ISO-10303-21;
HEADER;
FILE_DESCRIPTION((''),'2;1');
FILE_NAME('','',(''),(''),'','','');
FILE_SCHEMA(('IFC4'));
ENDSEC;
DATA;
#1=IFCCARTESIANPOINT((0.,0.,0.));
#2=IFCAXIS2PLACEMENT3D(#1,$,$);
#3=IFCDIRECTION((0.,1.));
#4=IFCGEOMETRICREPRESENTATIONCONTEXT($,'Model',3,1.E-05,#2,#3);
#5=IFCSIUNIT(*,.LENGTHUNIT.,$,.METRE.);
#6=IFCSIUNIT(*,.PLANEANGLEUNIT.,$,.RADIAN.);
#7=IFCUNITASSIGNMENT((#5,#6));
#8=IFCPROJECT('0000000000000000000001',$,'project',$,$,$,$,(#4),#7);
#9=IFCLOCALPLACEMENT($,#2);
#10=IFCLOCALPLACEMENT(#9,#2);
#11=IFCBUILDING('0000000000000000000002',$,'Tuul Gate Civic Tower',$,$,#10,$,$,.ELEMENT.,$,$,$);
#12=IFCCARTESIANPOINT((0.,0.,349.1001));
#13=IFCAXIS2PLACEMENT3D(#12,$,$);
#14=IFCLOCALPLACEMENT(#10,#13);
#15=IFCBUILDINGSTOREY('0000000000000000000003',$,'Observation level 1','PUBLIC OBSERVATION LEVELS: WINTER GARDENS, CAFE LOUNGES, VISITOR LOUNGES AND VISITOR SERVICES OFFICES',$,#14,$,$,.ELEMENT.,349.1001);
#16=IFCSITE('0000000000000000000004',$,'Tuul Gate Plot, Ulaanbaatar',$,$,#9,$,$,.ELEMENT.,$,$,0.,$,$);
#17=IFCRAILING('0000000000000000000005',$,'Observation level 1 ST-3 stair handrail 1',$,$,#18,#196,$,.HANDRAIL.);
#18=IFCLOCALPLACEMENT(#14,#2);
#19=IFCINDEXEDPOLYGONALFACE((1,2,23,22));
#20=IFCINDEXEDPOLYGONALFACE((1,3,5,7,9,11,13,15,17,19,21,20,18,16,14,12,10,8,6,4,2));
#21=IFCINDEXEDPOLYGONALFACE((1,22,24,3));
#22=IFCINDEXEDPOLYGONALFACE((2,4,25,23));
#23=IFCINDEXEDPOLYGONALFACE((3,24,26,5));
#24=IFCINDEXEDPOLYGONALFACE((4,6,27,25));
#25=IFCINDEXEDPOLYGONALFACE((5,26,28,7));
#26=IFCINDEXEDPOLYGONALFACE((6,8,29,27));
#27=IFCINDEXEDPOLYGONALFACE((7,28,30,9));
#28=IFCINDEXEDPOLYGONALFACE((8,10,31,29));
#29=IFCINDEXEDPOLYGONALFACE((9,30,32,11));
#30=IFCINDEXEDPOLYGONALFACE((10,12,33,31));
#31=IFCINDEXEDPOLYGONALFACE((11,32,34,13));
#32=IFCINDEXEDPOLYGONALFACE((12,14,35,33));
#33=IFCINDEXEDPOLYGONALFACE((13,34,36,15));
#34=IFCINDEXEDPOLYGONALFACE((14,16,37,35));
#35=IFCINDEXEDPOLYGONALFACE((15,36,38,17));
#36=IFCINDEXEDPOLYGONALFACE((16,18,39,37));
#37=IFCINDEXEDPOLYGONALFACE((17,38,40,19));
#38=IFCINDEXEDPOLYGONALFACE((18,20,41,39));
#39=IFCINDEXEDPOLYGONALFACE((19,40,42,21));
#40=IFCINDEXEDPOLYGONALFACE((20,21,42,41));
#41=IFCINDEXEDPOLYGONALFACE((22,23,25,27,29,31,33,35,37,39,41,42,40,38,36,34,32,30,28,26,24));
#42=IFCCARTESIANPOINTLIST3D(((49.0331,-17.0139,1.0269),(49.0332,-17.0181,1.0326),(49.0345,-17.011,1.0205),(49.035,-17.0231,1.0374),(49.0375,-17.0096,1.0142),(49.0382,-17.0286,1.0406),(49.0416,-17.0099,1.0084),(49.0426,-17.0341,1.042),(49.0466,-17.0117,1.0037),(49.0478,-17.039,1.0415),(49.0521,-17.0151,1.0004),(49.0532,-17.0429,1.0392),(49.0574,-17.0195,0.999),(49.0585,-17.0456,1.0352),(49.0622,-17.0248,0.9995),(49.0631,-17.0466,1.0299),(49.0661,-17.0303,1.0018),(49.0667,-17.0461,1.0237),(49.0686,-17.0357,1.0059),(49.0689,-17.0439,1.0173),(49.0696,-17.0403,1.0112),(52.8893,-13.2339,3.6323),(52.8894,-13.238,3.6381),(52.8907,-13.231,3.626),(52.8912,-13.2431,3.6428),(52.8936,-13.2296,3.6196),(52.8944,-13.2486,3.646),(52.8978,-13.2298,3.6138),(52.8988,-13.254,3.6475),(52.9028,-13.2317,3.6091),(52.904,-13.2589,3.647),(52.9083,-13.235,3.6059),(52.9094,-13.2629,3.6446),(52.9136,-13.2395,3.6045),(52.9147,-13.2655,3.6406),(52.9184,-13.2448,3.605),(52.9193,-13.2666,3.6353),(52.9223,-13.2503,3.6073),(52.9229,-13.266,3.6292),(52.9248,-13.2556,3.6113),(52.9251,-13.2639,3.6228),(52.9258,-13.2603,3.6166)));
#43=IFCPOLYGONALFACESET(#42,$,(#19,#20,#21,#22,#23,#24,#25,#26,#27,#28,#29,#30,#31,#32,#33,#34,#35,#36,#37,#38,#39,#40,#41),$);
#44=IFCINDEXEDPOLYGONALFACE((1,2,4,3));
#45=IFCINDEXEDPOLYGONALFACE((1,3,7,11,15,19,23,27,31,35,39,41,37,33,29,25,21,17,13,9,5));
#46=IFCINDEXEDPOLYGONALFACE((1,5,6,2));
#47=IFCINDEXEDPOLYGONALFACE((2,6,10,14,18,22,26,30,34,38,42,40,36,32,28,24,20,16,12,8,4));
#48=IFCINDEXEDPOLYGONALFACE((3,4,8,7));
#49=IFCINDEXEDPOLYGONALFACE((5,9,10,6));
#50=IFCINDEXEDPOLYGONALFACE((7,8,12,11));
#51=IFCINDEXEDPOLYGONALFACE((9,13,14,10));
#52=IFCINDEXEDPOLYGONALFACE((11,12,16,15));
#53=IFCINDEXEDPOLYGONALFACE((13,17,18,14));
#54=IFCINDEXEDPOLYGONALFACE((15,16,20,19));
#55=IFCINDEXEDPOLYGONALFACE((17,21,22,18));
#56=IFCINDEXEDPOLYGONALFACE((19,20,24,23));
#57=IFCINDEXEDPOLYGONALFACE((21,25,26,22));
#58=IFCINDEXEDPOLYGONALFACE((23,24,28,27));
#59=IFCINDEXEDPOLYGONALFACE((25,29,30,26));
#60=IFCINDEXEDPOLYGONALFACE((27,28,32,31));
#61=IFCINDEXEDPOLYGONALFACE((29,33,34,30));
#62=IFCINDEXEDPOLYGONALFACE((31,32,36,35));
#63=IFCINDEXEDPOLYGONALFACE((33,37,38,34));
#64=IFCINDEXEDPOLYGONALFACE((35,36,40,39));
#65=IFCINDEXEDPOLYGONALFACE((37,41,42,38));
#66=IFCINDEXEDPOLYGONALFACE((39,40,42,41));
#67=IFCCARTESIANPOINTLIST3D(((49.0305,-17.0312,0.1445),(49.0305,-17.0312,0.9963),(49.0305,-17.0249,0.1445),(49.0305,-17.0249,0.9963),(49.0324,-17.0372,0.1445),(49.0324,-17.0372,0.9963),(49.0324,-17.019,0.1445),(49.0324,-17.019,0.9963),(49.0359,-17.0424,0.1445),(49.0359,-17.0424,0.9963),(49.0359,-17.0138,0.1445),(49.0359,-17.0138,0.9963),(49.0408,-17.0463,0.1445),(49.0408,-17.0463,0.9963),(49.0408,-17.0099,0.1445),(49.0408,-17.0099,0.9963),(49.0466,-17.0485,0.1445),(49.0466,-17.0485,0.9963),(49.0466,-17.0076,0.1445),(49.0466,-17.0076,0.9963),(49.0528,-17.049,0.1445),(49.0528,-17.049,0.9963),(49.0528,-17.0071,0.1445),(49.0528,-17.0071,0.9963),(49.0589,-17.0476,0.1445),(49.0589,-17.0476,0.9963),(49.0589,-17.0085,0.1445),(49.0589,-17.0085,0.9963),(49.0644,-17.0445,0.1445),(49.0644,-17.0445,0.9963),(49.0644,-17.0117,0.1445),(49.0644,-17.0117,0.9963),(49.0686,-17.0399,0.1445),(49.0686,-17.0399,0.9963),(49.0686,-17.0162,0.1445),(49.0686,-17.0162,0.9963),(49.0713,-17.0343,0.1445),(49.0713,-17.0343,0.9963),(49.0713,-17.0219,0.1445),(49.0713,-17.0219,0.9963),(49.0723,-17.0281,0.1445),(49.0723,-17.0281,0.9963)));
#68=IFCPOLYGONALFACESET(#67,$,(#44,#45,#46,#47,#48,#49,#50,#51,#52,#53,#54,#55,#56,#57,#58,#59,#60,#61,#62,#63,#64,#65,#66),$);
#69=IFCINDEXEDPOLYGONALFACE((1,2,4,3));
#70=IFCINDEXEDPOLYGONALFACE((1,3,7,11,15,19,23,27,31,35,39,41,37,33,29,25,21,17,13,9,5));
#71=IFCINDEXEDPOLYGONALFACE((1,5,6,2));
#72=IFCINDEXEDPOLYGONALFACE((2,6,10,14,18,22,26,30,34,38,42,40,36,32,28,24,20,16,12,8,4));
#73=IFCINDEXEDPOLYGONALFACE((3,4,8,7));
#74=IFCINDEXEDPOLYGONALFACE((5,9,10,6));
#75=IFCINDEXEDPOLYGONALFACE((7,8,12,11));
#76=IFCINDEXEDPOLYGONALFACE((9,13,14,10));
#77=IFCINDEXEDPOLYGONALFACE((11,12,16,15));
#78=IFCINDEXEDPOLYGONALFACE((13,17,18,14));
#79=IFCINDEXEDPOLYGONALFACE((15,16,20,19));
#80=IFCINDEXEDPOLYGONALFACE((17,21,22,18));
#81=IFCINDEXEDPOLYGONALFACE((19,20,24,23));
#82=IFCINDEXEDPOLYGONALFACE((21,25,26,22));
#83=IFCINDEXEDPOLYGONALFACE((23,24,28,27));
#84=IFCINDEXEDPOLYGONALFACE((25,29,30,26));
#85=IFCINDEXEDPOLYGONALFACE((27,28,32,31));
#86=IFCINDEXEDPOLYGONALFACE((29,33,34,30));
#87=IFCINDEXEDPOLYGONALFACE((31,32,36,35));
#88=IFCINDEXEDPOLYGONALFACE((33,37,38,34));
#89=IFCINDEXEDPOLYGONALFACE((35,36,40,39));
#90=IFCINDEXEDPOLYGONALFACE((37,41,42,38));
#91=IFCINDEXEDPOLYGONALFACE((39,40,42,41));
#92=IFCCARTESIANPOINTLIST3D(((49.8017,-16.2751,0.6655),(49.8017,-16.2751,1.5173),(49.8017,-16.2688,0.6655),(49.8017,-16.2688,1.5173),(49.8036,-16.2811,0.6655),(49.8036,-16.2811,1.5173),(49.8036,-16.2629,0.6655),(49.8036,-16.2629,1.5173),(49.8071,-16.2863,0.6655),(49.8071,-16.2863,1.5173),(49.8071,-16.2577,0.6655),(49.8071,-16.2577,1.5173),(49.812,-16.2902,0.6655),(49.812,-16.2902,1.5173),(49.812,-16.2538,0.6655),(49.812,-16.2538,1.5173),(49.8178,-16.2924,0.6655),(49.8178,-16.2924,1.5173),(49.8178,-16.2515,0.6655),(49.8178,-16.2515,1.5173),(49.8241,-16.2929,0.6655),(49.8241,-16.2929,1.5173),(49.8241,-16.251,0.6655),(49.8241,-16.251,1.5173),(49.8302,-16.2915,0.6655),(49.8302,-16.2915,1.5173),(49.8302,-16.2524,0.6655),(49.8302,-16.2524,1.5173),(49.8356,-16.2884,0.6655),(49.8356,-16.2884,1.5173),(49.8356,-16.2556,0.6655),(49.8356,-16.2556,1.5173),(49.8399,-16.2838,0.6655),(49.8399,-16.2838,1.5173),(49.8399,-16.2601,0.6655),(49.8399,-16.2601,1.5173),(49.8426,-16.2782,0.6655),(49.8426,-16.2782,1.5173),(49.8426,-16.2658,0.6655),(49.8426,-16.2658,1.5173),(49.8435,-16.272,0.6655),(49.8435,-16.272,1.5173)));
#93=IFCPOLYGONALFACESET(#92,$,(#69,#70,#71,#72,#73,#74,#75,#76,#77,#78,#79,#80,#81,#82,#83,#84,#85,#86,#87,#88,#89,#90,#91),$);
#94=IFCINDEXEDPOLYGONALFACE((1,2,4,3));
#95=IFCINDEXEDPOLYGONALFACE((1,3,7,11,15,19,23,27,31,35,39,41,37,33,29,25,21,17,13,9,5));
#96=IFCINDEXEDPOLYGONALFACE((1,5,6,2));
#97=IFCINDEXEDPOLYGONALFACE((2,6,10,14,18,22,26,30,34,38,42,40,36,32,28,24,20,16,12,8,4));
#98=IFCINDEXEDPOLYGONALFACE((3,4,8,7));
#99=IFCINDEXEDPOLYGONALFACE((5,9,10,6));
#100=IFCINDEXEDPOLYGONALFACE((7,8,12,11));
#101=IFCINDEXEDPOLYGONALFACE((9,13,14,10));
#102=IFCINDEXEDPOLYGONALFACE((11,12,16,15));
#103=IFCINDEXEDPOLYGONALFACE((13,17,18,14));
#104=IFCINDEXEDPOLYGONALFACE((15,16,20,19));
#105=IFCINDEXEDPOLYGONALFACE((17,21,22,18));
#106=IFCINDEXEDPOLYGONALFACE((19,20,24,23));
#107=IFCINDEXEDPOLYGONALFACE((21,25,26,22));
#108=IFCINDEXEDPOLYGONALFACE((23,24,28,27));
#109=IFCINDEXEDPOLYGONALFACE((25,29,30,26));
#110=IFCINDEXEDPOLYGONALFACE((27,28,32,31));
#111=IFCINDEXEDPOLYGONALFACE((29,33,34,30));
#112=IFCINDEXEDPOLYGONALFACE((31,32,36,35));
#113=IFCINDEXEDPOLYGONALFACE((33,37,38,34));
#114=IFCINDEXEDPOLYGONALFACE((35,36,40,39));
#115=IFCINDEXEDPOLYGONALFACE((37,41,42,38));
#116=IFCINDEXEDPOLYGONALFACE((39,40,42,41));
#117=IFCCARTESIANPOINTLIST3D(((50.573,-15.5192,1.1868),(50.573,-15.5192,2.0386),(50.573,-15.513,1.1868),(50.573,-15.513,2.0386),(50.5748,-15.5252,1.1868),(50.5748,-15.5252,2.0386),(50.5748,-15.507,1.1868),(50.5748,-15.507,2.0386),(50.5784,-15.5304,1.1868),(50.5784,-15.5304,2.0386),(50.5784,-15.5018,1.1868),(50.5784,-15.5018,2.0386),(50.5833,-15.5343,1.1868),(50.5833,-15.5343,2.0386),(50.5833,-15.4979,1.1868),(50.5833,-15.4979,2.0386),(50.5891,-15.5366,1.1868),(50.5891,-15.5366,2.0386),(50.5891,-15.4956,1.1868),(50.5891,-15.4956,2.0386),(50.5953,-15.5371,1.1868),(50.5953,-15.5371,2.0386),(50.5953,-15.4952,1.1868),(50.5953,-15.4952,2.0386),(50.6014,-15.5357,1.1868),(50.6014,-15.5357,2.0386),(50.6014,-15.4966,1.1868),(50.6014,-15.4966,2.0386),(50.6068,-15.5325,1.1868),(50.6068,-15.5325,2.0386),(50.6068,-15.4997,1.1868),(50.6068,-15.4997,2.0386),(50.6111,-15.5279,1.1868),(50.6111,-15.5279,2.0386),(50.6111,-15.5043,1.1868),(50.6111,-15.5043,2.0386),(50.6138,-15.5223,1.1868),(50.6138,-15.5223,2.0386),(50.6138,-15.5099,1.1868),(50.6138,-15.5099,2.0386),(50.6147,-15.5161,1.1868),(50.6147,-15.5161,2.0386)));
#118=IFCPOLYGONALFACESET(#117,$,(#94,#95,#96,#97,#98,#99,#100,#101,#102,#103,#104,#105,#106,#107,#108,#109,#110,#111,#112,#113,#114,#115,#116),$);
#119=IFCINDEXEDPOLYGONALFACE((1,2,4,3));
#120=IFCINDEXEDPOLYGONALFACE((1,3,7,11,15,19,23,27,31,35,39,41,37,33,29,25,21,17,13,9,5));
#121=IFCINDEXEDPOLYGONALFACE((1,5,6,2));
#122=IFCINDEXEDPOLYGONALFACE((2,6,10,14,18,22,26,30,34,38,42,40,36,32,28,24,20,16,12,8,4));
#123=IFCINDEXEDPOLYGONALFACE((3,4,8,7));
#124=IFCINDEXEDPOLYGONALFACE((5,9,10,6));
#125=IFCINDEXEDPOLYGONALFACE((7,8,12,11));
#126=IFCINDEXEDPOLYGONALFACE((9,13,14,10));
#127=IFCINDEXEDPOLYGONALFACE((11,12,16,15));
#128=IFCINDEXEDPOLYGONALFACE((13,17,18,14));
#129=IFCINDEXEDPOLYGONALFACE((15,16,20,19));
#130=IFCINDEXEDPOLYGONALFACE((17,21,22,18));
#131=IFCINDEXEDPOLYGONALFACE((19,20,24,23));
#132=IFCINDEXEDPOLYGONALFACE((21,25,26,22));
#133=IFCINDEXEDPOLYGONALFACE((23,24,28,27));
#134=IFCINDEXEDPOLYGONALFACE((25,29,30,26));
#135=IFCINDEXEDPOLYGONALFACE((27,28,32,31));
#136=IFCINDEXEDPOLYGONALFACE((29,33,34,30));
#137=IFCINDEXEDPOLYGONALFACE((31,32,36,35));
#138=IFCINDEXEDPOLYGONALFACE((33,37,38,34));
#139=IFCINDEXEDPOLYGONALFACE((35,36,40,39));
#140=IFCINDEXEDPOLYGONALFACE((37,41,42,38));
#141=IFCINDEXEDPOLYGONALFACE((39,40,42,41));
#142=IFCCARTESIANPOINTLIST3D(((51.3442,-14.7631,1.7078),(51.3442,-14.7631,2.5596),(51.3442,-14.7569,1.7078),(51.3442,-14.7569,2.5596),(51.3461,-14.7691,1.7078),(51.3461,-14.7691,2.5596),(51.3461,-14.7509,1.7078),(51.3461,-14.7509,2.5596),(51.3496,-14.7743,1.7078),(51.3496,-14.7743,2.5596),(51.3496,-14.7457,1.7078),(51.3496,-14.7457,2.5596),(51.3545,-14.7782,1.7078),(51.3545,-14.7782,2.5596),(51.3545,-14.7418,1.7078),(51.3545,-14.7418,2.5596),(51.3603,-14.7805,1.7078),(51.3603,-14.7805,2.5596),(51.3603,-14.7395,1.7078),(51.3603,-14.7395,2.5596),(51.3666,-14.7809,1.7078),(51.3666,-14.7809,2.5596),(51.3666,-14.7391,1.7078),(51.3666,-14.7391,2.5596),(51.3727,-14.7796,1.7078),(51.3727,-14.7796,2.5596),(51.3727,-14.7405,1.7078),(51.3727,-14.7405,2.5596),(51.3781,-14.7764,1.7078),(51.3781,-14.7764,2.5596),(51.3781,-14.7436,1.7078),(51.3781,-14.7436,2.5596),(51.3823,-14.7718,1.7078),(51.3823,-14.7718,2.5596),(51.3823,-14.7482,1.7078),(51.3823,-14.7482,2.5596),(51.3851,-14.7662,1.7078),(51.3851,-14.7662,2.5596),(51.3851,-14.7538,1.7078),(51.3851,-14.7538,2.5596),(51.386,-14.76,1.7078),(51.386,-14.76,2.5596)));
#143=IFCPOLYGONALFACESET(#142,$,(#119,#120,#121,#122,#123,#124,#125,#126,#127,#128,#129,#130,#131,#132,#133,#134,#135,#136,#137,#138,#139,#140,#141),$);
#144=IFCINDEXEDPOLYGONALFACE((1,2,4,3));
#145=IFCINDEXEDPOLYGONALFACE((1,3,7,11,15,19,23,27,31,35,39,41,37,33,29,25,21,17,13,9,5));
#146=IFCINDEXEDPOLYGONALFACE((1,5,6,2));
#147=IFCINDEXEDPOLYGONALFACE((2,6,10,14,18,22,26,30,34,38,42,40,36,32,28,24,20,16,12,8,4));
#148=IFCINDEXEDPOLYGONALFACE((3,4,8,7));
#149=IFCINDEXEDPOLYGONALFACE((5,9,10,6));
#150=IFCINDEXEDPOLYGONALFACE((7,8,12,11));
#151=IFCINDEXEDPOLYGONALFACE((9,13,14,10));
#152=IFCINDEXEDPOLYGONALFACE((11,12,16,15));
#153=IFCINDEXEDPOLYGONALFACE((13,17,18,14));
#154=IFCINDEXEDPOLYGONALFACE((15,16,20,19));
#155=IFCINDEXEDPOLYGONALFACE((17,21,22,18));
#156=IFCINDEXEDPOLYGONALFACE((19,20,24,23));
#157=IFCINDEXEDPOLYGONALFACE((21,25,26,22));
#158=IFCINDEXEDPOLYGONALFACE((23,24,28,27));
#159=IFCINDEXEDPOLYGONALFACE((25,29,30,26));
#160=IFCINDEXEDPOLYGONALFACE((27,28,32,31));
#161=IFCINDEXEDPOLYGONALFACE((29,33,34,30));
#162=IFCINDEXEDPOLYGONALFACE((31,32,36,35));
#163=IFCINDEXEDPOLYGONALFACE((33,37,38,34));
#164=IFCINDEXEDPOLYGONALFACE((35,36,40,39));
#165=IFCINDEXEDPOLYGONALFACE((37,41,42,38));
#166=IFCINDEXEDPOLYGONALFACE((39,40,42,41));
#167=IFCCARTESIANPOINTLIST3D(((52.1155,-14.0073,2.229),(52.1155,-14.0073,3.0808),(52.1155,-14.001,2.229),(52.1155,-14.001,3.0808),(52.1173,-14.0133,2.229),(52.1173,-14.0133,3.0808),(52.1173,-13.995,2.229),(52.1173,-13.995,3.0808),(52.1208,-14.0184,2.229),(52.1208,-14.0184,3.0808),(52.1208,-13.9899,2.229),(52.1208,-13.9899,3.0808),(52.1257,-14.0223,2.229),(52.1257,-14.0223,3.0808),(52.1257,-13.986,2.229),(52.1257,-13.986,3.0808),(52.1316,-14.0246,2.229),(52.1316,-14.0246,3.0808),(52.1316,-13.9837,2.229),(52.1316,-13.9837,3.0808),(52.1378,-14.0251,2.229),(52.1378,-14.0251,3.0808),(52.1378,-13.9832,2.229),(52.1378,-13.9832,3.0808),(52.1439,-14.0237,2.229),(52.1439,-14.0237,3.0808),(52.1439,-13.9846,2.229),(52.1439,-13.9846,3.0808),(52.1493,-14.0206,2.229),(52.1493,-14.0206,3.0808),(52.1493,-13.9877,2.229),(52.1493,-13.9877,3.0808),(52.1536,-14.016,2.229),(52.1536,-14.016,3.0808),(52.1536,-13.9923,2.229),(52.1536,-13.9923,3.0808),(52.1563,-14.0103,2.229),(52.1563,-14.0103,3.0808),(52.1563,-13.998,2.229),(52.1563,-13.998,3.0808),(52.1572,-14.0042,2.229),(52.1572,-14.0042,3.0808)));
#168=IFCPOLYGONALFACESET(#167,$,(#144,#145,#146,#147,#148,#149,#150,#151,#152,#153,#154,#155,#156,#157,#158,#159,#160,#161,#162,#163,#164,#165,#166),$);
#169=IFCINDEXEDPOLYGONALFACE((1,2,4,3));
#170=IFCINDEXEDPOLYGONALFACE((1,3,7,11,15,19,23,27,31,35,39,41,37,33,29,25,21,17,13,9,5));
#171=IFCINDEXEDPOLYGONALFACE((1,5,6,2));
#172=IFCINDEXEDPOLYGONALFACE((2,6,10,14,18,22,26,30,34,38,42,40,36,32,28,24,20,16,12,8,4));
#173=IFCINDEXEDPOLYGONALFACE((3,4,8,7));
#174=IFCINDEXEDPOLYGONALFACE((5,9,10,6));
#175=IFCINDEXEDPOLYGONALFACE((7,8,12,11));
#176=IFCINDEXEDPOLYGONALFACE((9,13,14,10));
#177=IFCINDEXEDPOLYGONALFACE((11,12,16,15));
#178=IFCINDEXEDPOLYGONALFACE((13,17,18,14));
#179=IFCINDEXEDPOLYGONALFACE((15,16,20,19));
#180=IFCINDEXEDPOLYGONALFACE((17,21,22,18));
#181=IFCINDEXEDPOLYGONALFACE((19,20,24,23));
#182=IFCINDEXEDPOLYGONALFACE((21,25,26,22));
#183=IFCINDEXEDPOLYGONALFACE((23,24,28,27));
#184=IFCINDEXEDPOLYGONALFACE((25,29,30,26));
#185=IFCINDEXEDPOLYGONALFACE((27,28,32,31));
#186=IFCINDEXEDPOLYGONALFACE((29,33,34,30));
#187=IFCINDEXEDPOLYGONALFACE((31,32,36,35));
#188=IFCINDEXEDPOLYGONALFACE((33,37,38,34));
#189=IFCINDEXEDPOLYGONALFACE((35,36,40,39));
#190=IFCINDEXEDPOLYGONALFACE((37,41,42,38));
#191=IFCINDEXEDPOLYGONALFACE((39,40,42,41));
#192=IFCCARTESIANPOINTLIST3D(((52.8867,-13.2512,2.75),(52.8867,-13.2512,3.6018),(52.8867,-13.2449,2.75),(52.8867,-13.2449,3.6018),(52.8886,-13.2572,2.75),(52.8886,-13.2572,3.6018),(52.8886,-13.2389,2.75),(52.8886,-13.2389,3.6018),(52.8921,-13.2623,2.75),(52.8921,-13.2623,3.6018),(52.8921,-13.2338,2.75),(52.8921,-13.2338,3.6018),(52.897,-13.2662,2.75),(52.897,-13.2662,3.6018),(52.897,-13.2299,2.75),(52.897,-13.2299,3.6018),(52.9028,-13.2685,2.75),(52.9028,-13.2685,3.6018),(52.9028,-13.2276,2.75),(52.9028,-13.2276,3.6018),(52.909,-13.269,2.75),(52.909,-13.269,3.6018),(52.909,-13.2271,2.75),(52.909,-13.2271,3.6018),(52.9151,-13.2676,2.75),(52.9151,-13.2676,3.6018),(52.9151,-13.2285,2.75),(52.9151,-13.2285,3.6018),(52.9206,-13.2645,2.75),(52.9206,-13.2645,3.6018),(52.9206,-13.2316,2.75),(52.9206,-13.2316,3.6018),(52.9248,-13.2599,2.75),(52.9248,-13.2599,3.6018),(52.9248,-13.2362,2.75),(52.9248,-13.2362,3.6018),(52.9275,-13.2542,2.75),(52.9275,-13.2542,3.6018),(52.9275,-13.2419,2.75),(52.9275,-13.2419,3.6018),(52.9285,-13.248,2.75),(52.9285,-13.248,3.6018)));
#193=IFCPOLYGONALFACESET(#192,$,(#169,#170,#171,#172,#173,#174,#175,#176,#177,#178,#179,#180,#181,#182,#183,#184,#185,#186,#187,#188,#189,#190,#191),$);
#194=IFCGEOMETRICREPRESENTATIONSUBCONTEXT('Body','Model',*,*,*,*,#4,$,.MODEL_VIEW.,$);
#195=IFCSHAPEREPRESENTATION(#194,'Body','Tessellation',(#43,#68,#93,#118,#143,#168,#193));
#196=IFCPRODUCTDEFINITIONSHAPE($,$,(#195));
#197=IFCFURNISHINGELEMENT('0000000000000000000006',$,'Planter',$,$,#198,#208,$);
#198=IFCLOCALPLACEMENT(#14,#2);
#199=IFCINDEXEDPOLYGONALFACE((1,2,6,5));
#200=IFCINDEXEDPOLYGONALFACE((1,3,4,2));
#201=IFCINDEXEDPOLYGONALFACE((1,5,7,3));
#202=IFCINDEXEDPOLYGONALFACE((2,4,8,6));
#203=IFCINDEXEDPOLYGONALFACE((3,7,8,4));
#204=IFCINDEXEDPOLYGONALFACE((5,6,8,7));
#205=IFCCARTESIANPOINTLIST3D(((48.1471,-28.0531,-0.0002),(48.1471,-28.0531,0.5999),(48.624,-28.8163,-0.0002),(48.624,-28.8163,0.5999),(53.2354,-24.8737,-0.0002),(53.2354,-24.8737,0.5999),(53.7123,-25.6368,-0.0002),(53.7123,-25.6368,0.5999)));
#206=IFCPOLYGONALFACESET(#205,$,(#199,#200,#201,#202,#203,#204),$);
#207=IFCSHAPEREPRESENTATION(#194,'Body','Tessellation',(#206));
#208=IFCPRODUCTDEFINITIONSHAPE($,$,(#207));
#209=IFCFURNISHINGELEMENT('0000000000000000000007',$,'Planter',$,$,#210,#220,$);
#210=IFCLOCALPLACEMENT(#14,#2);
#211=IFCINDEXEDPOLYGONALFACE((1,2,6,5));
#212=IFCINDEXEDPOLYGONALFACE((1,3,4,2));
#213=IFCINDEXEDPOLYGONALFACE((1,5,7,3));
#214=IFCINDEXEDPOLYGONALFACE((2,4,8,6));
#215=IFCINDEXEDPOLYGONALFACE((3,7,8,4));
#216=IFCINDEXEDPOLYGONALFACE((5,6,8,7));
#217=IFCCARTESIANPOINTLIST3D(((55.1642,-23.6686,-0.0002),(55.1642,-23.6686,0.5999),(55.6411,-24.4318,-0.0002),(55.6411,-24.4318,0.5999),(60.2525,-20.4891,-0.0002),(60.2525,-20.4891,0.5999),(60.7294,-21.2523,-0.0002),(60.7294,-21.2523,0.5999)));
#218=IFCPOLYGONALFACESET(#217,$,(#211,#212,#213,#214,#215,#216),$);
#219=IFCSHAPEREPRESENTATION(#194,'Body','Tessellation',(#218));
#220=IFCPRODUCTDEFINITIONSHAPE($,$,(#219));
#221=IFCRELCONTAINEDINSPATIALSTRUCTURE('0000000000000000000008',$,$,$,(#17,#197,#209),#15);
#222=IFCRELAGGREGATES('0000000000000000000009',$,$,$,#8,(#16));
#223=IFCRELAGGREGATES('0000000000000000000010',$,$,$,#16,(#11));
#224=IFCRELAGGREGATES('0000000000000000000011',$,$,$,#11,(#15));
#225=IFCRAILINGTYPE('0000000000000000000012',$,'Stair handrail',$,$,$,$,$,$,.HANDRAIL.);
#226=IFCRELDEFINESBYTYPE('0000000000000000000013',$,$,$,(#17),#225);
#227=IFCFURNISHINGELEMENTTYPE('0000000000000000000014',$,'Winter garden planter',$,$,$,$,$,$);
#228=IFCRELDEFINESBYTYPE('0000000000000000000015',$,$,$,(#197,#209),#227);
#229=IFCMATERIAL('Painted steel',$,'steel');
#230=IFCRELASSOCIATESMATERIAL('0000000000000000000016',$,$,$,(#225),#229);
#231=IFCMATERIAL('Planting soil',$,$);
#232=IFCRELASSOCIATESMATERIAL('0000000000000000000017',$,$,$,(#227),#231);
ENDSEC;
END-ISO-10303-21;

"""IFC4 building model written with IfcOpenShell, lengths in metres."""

from ifc_helpers import new_model, si_unit, direction, frame, origin, origin_2d, place, context, subcontext, project, spatial, rectangle, circle, extrude, material, type_object, element, save


model = new_model("IFC4")

# Units and contexts
model_context = context("Model", 3, precision=1e-05, world=origin(), true_north=direction((0.0, 1.0)))
body_context = subcontext(model_context, "Body", "Model", "MODEL_VIEW")
ifc_project = project(units=[si_unit("LENGTHUNIT", "METRE"), si_unit("PLANEANGLEUNIT", "RADIAN")], contexts=[model_context])

# Site, building, storey
site_placement = place(None, origin())
site = spatial("IfcSite", under=ifc_project, at=site_placement, Name="Tuul Gate Plot, Ulaanbaatar", CompositionType="ELEMENT", RefElevation=0.0)
building_placement = place(site_placement, origin())
building = spatial("IfcBuilding", under=site, at=building_placement, Name="Tuul Gate Civic Tower", CompositionType="ELEMENT")
storey_placement = place(building_placement, frame((0.0, 0.0, 349.1001)))
storey = spatial("IfcBuildingStorey", under=building, at=storey_placement, Name="Observation level 1", Description="PUBLIC OBSERVATION LEVELS: WINTER GARDENS, CAFE LOUNGES, VISITOR LOUNGES AND VISITOR SERVICES OFFICES", CompositionType="ELEMENT", Elevation=349.1001)

# Railing
ifc_material_1 = material(Name="Painted steel", Category="steel")
railing_type = type_object("IfcRailingType", Name="Stair handrail", PredefinedType="HANDRAIL", material=ifc_material_1)
railing_placement = place(storey_placement, frame((49.0513, -17.0281, 0.1445)))
element("IfcRailing", 1, at=railing_placement, inside=storey, type_object=railing_type, Name="Observation level 1 ST-3 stair handrail 1", PredefinedType="HANDRAIL", context=body_context, shape_type="SweptSolid", body=[
    extrude(circle(Radius=0.0239, at=origin_2d()), frame((0.0, 0.0, 0.876), z_axis=(0.64317, 0.630466, 0.434563), x_axis=(-0.700019, 0.714125, 0.0)), (0.0, 0.0, 1.0), 5.9956),
    extrude(circle(Radius=0.021, at=origin_2d()), origin(), (0.0, 0.0, 1.0), 0.8518),
    extrude(circle(Radius=0.021, at=origin_2d()), frame((0.7712, 0.7561, 0.521)), (0.0, 0.0, 1.0), 0.8518),
    extrude(circle(Radius=0.021, at=origin_2d()), frame((1.5425, 1.512, 1.0422)), (0.0, 0.0, 1.0), 0.8518),
    extrude(circle(Radius=0.021, at=origin_2d()), frame((2.3137, 2.2681, 1.5632)), (0.0, 0.0, 1.0), 0.8518),
    extrude(circle(Radius=0.021, at=origin_2d()), frame((3.085, 3.0239, 2.0845)), (0.0, 0.0, 1.0), 0.8518),
    extrude(circle(Radius=0.021, at=origin_2d()), frame((3.8562, 3.78, 2.6055)), (0.0, 0.0, 1.0), 0.8518),
])

# Furnishing elements
ifc_material_2 = material(Name="Planting soil")
furnishing_element_type = type_object("IfcFurnishingElementType", Name="Winter garden planter", material=ifc_material_2)
for number, where, z_axis, x_axis, name in (
    (2, (50.9297, -26.845, -0.0002), (0.0, 0.0, 1.0), (0.848053, 0.529912, 0.0), "Planter"),
    (3, (57.9468, -22.4604, -0.0002), (0.0, 0.0, 1.0), (0.848053, 0.529912, 0.0), "Planter"),
):
    element("IfcFurnishingElement", number, at=place(storey_placement, frame(where, z_axis=z_axis, x_axis=x_axis)), inside=storey, type_object=furnishing_element_type, Name=name, context=body_context, shape_type="SweptSolid", body=[
        extrude(rectangle(XDim=6.0, YDim=0.8999, at=origin_2d()), origin(), (0.0, 0.0, 1.0), 0.6001),
    ])

save(model, "model.ifc")
